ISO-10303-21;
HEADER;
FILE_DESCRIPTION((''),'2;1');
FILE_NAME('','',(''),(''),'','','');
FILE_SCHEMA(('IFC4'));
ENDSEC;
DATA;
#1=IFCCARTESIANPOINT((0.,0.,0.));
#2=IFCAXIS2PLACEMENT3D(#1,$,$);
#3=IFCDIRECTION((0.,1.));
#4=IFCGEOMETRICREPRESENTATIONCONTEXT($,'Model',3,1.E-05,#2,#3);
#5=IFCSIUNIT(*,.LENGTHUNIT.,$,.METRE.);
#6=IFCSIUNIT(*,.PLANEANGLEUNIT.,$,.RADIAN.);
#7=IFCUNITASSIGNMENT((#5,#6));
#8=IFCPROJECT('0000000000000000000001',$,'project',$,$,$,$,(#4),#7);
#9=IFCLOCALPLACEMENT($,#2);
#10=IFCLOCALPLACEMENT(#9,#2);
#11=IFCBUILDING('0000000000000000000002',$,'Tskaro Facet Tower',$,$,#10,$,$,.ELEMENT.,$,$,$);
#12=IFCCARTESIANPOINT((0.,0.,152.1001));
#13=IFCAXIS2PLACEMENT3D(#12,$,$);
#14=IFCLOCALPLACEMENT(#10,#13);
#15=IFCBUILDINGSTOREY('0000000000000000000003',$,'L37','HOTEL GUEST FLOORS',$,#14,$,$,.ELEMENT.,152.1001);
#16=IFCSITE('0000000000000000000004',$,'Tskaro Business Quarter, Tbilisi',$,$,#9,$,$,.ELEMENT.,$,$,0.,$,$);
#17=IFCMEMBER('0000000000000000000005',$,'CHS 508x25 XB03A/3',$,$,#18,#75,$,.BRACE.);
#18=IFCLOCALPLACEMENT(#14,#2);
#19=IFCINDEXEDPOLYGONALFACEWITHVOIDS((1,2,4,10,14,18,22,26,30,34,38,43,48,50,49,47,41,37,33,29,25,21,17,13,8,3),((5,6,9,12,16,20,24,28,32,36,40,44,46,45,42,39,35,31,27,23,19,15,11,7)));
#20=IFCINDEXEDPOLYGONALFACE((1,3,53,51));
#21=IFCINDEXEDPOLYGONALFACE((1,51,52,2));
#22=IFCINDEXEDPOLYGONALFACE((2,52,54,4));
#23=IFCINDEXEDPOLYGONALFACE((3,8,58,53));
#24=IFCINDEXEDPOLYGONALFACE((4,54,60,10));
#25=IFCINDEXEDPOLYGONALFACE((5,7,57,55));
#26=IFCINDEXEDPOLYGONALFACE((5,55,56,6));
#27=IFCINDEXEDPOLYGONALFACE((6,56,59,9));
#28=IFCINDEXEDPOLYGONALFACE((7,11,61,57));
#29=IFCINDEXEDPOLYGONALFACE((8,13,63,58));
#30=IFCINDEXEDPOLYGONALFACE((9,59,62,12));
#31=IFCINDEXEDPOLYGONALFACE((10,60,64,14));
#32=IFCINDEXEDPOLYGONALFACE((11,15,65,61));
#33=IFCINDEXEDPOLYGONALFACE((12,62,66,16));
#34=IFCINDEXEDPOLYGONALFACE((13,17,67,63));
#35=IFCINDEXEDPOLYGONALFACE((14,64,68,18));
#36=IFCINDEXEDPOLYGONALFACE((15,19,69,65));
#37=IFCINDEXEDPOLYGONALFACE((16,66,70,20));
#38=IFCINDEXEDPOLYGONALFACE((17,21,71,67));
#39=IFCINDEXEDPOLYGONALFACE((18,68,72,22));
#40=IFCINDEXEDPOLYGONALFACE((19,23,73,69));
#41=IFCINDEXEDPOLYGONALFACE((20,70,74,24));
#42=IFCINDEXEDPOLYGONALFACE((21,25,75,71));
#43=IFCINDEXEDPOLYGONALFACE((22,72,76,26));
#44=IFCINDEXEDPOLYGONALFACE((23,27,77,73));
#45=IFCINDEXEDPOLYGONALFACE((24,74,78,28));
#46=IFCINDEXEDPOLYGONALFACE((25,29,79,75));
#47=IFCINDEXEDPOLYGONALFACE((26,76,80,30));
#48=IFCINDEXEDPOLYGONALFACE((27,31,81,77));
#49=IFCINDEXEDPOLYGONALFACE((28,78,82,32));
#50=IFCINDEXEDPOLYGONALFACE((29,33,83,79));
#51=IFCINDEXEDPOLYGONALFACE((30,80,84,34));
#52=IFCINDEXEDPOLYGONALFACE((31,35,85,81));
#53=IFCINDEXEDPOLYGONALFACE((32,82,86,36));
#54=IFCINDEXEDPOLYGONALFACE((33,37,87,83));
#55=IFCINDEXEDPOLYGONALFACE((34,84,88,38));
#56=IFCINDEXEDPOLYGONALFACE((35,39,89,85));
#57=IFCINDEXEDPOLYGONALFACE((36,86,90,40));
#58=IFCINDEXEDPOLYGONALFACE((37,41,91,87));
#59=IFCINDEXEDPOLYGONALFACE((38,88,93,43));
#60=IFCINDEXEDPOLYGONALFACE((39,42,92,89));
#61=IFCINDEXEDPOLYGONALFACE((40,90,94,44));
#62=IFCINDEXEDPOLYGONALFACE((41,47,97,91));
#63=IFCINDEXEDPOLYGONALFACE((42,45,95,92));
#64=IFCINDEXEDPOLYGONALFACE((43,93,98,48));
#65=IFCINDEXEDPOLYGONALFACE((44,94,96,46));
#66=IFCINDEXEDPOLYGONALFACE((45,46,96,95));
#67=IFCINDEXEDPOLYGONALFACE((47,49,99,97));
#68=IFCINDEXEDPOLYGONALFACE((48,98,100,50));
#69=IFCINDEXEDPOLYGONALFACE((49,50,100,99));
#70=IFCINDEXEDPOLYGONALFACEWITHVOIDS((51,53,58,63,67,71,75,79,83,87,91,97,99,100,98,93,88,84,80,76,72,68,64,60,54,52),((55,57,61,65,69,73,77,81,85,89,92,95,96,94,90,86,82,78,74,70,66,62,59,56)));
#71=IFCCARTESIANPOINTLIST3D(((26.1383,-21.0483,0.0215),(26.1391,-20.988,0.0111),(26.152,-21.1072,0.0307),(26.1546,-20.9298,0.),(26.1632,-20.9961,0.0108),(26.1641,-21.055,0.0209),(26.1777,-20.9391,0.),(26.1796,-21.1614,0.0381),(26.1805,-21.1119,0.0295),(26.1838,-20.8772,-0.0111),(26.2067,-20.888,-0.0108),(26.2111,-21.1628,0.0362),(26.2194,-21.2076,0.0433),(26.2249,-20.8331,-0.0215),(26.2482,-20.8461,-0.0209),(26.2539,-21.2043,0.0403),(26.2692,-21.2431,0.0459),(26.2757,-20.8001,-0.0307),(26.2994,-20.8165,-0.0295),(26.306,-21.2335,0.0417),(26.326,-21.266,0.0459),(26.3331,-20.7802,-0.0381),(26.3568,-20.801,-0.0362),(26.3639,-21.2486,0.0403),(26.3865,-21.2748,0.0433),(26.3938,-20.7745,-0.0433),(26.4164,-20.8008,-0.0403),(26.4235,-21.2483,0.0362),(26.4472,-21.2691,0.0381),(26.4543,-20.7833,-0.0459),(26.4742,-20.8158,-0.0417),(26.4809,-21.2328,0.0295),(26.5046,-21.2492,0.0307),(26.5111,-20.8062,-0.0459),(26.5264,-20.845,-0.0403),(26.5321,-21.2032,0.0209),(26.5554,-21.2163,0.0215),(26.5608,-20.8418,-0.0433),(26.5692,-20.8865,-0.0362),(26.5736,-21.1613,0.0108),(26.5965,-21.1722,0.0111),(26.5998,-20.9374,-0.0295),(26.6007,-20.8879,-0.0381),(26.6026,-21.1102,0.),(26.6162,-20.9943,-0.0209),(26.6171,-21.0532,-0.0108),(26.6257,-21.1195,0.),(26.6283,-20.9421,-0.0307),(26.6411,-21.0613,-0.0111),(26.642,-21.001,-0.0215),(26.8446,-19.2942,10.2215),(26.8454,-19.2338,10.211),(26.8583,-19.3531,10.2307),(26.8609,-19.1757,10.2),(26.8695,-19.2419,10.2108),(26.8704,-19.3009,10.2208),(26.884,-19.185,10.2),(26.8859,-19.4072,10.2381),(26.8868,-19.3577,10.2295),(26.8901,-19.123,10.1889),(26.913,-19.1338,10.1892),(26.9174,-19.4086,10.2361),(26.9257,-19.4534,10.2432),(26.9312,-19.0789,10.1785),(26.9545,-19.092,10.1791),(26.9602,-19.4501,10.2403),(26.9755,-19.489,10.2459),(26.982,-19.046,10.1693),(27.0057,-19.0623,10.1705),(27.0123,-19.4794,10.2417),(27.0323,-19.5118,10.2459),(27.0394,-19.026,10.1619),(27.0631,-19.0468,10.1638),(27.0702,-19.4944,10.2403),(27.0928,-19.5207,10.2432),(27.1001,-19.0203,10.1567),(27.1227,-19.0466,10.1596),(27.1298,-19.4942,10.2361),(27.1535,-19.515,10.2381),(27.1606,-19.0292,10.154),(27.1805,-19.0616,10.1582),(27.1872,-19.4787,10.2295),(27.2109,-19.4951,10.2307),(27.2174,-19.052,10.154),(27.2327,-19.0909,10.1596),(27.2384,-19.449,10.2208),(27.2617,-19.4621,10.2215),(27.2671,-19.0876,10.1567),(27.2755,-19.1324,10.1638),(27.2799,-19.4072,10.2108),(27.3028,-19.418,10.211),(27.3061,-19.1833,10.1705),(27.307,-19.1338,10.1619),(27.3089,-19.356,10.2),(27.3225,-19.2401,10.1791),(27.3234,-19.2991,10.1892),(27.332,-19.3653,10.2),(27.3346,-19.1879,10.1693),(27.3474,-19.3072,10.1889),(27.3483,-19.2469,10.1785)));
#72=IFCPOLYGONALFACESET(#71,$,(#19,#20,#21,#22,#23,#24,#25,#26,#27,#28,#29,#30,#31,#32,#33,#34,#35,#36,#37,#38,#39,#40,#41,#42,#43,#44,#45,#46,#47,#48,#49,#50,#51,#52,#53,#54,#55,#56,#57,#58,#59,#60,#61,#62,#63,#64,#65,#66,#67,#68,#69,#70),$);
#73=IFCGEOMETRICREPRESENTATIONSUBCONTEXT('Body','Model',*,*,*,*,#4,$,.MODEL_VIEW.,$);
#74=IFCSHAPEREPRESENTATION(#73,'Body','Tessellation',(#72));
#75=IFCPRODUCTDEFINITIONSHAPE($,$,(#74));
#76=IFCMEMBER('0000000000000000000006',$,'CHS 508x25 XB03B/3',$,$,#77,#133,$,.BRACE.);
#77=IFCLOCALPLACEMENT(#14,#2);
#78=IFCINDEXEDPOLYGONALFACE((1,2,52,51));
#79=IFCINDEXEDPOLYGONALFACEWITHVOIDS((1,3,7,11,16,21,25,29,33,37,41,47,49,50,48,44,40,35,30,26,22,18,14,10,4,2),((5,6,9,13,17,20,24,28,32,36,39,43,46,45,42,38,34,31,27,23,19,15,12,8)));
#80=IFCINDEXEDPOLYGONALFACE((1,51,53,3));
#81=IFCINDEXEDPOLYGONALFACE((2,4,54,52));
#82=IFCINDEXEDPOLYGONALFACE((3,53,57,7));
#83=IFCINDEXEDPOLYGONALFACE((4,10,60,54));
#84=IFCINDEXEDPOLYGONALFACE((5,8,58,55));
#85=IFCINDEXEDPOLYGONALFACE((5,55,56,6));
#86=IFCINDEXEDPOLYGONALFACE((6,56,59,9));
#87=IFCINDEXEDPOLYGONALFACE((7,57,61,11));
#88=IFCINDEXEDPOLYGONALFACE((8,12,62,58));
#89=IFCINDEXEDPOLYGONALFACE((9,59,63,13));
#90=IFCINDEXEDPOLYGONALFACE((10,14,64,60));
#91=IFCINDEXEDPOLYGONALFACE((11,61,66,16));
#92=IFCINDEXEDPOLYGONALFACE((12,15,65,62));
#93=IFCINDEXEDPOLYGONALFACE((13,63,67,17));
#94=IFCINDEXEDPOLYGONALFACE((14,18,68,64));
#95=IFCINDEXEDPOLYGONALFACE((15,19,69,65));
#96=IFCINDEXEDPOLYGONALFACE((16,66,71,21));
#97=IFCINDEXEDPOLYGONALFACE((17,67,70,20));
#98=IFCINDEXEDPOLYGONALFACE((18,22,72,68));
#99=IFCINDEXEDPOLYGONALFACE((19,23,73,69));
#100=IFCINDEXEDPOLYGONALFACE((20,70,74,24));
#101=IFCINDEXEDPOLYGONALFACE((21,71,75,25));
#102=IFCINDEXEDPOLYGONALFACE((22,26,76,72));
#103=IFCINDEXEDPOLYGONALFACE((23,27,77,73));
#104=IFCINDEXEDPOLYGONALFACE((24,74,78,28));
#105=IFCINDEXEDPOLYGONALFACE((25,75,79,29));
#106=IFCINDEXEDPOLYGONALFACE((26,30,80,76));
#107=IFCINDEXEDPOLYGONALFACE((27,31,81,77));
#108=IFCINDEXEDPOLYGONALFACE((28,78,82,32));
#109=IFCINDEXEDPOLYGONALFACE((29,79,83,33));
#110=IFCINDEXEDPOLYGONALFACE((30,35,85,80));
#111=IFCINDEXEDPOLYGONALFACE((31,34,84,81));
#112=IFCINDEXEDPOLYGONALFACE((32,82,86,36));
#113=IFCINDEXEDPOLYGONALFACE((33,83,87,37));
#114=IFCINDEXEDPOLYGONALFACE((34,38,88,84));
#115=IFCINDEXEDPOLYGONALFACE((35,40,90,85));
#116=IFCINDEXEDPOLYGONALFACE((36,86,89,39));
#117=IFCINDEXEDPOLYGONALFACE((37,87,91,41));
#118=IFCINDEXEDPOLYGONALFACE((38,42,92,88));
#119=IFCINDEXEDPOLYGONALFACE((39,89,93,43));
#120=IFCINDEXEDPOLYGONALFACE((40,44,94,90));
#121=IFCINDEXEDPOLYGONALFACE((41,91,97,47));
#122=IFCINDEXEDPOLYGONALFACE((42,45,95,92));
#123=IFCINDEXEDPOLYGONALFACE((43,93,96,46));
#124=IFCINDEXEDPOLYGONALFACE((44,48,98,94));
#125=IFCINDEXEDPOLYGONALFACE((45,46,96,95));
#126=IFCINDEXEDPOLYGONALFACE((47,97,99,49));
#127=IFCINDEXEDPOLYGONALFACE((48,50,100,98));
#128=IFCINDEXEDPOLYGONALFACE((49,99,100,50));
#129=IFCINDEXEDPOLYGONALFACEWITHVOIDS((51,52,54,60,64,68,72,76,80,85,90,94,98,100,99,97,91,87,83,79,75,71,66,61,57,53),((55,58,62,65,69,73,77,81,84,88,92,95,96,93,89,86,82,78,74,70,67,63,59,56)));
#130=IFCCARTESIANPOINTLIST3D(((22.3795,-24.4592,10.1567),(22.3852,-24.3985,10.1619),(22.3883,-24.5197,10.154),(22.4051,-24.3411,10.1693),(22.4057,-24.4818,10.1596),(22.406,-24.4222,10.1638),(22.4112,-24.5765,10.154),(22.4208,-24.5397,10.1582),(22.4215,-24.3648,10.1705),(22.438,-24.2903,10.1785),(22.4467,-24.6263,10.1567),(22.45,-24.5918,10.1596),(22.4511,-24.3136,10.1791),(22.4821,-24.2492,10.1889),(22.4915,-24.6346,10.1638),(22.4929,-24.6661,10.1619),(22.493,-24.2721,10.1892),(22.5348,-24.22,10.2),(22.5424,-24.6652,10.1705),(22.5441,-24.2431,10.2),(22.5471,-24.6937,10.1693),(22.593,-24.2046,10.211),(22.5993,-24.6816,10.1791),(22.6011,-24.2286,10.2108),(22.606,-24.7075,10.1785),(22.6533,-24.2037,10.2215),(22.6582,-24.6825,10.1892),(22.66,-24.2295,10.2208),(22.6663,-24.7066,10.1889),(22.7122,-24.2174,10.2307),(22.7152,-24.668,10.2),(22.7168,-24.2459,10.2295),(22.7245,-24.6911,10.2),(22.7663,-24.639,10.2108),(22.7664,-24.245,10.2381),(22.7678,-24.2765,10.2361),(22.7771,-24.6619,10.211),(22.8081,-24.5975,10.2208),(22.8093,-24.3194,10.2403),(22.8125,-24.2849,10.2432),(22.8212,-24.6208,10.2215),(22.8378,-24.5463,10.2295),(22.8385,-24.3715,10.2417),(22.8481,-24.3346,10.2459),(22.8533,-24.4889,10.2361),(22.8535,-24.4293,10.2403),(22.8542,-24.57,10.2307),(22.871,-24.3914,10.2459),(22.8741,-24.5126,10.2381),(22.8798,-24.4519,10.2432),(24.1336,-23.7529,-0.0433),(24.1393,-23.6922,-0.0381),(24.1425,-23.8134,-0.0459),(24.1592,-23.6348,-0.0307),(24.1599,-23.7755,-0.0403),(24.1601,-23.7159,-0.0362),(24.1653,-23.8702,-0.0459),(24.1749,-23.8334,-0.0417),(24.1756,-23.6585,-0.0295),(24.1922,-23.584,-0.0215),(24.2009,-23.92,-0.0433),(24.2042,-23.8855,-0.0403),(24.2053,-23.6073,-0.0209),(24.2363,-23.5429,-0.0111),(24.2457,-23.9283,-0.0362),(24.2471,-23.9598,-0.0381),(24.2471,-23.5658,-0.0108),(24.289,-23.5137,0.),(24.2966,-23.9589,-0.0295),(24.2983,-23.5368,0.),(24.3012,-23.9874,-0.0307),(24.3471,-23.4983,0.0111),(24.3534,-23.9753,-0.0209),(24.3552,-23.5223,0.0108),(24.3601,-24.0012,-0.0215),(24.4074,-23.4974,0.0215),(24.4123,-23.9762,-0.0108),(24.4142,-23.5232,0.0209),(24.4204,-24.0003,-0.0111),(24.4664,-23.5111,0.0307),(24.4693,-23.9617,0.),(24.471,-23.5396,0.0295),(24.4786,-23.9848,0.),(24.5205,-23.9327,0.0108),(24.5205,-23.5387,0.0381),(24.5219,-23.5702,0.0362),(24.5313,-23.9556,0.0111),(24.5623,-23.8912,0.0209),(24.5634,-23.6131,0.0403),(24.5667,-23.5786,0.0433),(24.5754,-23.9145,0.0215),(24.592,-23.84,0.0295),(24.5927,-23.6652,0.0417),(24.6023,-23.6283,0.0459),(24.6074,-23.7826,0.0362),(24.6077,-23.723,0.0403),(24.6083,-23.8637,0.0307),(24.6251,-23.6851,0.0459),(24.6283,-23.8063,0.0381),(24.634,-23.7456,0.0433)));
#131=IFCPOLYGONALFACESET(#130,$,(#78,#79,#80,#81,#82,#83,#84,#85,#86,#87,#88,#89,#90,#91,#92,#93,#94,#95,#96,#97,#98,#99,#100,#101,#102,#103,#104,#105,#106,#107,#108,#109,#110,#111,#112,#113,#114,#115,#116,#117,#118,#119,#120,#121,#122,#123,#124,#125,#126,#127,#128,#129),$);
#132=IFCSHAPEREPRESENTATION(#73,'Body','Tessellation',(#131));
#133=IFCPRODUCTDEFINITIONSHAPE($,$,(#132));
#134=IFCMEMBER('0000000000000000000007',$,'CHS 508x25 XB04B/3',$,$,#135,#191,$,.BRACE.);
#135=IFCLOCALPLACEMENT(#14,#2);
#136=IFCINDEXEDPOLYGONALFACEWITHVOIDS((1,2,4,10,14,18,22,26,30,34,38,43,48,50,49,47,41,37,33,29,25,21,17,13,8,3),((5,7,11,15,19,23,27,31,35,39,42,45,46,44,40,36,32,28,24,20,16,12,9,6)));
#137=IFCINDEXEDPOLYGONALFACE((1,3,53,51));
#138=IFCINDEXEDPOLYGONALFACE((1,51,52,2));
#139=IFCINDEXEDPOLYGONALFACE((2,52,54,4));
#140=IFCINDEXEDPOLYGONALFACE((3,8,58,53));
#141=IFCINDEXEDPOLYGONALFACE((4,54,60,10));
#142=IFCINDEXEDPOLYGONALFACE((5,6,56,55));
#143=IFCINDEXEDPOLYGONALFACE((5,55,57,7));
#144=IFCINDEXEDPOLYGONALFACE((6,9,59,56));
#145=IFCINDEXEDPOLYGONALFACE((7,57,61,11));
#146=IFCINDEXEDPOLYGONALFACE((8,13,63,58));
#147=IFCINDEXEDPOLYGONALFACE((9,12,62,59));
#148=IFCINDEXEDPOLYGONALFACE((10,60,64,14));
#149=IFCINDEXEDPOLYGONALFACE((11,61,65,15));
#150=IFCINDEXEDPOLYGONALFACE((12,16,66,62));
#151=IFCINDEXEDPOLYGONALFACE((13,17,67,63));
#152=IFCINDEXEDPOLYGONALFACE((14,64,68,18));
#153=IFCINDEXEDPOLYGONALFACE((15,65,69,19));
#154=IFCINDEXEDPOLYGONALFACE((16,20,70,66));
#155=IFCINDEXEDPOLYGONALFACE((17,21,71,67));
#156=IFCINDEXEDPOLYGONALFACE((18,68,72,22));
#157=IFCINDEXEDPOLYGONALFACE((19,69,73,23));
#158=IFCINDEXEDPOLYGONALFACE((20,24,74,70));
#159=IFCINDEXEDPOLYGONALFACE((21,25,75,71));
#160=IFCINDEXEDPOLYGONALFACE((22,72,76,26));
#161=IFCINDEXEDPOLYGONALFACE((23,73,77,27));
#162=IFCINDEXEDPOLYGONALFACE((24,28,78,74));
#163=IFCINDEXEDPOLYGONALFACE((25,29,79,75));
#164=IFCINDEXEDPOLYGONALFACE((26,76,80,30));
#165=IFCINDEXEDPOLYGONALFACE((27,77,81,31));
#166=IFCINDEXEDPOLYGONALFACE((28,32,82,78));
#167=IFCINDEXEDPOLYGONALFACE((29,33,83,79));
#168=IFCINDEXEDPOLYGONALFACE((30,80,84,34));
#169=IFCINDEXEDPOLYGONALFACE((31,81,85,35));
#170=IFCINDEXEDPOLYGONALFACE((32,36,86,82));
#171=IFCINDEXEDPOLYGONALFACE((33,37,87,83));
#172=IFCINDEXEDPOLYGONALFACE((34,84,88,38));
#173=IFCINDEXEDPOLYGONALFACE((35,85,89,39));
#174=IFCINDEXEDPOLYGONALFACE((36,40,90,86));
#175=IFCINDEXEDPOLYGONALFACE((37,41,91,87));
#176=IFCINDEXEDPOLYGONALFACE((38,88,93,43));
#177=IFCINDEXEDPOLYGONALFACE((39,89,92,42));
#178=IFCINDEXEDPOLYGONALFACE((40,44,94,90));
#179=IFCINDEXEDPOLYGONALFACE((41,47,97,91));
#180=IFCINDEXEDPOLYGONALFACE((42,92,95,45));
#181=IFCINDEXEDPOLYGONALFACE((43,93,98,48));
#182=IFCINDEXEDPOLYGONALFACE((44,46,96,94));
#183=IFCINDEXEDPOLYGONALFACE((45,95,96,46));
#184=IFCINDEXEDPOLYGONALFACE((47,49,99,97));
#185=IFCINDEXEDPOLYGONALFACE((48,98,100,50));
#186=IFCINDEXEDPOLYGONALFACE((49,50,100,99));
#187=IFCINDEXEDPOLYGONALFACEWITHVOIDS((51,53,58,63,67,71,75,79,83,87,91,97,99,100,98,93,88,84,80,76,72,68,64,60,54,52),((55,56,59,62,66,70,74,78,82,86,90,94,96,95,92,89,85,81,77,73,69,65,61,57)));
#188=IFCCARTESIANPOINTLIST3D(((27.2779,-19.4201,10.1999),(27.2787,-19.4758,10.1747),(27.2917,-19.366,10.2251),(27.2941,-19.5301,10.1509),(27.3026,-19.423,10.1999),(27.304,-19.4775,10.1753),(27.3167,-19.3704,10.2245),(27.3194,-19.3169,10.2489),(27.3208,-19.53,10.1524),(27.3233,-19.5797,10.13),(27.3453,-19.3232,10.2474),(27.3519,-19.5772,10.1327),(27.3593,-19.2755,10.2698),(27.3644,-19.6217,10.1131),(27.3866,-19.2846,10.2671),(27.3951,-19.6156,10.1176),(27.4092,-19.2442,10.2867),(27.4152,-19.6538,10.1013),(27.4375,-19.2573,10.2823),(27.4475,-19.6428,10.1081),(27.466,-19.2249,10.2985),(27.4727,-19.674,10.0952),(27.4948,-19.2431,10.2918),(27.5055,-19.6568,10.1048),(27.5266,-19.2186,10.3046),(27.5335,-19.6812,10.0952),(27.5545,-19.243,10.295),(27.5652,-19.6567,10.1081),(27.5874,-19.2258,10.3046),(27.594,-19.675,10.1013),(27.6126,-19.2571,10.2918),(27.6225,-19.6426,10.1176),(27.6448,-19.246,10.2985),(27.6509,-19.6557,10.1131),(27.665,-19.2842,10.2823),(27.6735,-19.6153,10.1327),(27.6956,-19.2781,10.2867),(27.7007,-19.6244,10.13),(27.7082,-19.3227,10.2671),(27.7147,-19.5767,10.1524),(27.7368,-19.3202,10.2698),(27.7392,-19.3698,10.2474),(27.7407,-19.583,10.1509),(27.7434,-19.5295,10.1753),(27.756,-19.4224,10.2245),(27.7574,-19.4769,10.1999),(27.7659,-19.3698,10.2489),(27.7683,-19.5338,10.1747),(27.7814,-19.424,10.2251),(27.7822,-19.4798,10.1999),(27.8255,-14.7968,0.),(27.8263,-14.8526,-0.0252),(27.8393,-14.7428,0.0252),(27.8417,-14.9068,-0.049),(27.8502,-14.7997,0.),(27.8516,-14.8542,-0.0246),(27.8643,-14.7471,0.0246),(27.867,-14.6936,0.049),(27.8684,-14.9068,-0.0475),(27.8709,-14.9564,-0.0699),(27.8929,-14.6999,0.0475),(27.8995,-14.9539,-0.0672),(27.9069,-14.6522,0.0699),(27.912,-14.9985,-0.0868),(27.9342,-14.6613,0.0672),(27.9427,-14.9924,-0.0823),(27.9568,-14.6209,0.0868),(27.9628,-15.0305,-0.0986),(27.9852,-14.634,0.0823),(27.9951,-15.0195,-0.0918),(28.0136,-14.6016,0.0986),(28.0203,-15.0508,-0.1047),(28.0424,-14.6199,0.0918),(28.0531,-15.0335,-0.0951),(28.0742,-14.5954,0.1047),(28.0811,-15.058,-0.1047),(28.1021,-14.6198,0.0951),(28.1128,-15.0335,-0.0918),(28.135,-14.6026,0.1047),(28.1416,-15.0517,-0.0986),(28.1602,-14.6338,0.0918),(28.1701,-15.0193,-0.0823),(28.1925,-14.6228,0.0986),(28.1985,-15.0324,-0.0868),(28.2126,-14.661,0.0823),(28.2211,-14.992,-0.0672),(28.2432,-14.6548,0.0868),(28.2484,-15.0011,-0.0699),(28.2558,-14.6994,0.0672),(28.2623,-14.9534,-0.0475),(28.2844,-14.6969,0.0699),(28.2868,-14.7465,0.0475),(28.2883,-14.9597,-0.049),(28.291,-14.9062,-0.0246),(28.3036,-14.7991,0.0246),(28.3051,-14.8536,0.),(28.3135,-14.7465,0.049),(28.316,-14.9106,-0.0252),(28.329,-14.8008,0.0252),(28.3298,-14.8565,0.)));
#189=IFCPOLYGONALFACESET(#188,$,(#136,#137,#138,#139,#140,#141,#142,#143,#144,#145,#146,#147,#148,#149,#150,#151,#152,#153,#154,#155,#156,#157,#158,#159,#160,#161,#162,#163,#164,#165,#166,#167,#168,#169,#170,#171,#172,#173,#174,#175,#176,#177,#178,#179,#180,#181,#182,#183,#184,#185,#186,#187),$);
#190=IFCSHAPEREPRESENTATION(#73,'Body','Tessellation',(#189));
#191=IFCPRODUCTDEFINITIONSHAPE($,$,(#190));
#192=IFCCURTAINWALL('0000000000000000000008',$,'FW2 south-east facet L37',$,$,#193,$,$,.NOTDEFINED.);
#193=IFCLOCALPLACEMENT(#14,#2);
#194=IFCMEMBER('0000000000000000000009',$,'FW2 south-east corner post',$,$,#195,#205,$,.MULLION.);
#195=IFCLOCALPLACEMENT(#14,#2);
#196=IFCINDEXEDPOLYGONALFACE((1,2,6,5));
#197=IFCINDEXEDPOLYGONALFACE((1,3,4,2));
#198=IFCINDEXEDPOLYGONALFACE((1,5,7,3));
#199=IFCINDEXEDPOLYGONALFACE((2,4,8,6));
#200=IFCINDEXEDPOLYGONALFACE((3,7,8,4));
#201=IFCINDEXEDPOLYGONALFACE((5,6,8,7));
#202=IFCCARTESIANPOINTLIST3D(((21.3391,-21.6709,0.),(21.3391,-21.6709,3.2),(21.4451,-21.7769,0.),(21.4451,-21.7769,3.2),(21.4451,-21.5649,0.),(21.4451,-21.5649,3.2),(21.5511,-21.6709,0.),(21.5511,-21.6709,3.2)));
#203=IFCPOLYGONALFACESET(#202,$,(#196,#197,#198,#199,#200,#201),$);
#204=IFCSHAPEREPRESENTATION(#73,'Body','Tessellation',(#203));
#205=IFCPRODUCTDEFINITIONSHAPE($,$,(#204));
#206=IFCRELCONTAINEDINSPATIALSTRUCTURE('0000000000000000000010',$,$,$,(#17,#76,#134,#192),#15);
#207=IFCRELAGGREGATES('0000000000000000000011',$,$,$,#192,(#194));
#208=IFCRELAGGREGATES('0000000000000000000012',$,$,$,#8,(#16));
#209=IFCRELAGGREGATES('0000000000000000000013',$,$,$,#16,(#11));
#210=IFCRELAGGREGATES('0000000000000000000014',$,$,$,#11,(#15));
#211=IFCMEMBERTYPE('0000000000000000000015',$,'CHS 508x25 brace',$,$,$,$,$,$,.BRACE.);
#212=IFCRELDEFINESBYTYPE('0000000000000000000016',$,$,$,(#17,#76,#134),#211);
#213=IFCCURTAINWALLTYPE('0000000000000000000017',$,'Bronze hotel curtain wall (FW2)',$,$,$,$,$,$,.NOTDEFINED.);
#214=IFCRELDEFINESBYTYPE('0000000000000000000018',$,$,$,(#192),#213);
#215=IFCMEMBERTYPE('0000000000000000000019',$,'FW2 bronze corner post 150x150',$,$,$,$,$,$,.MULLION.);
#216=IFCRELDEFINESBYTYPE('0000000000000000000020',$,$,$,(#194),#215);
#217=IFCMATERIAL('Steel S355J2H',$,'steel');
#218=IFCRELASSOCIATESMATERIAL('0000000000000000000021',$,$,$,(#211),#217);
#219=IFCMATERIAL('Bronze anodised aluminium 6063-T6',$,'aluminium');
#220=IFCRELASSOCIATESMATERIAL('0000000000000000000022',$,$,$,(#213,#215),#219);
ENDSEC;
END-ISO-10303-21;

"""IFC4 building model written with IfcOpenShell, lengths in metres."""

from ifc_helpers import new_model, si_unit, direction, frame, origin, origin_2d, place, context, subcontext, project, spatial, rectangle, hollow_circle, extrude, material, material_profile, profile_set, type_object, element, aggregate, save


model = new_model("IFC4")

# Units and contexts
model_context = context("Model", 3, precision=1e-05, world=origin(), true_north=direction((0.0, 1.0)))
body_context = subcontext(model_context, "Body", "Model", "MODEL_VIEW")
ifc_project = project(units=[si_unit("LENGTHUNIT", "METRE"), si_unit("PLANEANGLEUNIT", "RADIAN")], contexts=[model_context])

# Site, building, storey
site_placement = place(None, origin())
site = spatial("IfcSite", under=ifc_project, at=site_placement, Name="Tskaro Business Quarter, Tbilisi", CompositionType="ELEMENT", RefElevation=0.0)
building_placement = place(site_placement, origin())
building = spatial("IfcBuilding", under=site, at=building_placement, Name="Tskaro Facet Tower", CompositionType="ELEMENT")
storey_placement = place(building_placement, frame((0.0, 0.0, 152.1001)))
storey = spatial("IfcBuildingStorey", under=building, at=storey_placement, Name="L37", Description="HOTEL GUEST FLOORS", CompositionType="ELEMENT", Elevation=152.1001)

# Shared definitions
ifc_material_1 = material(Name="Steel S355J2H", Category="steel")

# Members
ifc_material_profile_1 = material_profile(ifc_material_1, hollow_circle(Radius=0.2539, WallThickness=0.0249, at=origin_2d()), Name="CHS 508x25")
ifc_profile_set_1 = profile_set([ifc_material_profile_1], Name="Steel S355J2H")
member_type_1 = type_object("IfcMemberType", Name="CHS 508x25 brace", PredefinedType="BRACE", material=ifc_profile_set_1)
for number, where, z_axis, x_axis, name in (
    (1, (26.3901, -21.0247, 0.0), (0.068085, 0.169095, 0.983245), (-0.927628, 0.373504, 0.0), "CHS 508x25 XB03A/3"),
    (2, (24.3838, -23.7493, 0.0), (-0.169095, -0.068085, 0.983245), (0.373504, -0.927628, 0.0), "CHS 508x25 XB03B/3"),
):
    element("IfcMember", number, at=place(storey_placement, frame(where, z_axis=z_axis, x_axis=x_axis)), inside=storey, type_object=member_type_1, Name=name, PredefinedType="BRACE", context=body_context, shape_type="SweptSolid", body=[
        extrude(hollow_circle(Radius=0.2539, WallThickness=0.0249, at=origin_2d()), origin(), (0.0, 0.0, 1.0), 10.3738),
    ])
member_1_placement = place(storey_placement, frame((28.0776, -14.8267, 0.0), z_axis=(-0.04884, -0.412344, 0.909718), x_axis=(0.993058, -0.117623, 0.0)))
element("IfcMember", 3, at=member_1_placement, inside=storey, type_object=member_type_1, Name="CHS 508x25 XB04B/3", PredefinedType="BRACE", context=body_context, shape_type="SweptSolid", body=[
    extrude(hollow_circle(Radius=0.2539, WallThickness=0.0249, at=origin_2d()), origin(), (0.0, 0.0, 1.0), 11.2122),
])

# Curtain wall, member
ifc_material_2 = material(Name="Bronze anodised aluminium 6063-T6", Category="aluminium")
curtain_wall_type = type_object("IfcCurtainWallType", Name="Bronze hotel curtain wall (FW2)", PredefinedType="NOTDEFINED", material=ifc_material_2)
curtain_wall_1_placement = place(storey_placement, origin())
curtain_wall_1 = element("IfcCurtainWall", 4, at=curtain_wall_1_placement, inside=storey, type_object=curtain_wall_type, Name="FW2 south-east facet L37", PredefinedType="NOTDEFINED")
ifc_material_profile_2 = material_profile(ifc_material_2, rectangle(XDim=0.1499, YDim=0.1499, at=origin_2d()), Name="Corner post 150x150")
ifc_profile_set_2 = profile_set([ifc_material_profile_2], Name="Bronze anodised aluminium 6063-T6")
member_type_2 = type_object("IfcMemberType", Name="FW2 bronze corner post 150x150", PredefinedType="MULLION", material=ifc_profile_set_2)
member_2_placement = place(storey_placement, frame((21.4451, -21.6709, 0.0), z_axis=(0.0, 0.0, 1.0), x_axis=(0.707107, 0.707107, 0.0)))
member_2 = element("IfcMember", 5, at=member_2_placement, type_object=member_type_2, Name="FW2 south-east corner post", PredefinedType="MULLION", context=body_context, shape_type="SweptSolid", body=[
    extrude(rectangle(XDim=0.1499, YDim=0.1499, at=origin_2d()), origin(), (0.0, 0.0, 1.0), 3.2),
])

aggregate(curtain_wall_1, [member_2])

save(model, "model.ifc")
